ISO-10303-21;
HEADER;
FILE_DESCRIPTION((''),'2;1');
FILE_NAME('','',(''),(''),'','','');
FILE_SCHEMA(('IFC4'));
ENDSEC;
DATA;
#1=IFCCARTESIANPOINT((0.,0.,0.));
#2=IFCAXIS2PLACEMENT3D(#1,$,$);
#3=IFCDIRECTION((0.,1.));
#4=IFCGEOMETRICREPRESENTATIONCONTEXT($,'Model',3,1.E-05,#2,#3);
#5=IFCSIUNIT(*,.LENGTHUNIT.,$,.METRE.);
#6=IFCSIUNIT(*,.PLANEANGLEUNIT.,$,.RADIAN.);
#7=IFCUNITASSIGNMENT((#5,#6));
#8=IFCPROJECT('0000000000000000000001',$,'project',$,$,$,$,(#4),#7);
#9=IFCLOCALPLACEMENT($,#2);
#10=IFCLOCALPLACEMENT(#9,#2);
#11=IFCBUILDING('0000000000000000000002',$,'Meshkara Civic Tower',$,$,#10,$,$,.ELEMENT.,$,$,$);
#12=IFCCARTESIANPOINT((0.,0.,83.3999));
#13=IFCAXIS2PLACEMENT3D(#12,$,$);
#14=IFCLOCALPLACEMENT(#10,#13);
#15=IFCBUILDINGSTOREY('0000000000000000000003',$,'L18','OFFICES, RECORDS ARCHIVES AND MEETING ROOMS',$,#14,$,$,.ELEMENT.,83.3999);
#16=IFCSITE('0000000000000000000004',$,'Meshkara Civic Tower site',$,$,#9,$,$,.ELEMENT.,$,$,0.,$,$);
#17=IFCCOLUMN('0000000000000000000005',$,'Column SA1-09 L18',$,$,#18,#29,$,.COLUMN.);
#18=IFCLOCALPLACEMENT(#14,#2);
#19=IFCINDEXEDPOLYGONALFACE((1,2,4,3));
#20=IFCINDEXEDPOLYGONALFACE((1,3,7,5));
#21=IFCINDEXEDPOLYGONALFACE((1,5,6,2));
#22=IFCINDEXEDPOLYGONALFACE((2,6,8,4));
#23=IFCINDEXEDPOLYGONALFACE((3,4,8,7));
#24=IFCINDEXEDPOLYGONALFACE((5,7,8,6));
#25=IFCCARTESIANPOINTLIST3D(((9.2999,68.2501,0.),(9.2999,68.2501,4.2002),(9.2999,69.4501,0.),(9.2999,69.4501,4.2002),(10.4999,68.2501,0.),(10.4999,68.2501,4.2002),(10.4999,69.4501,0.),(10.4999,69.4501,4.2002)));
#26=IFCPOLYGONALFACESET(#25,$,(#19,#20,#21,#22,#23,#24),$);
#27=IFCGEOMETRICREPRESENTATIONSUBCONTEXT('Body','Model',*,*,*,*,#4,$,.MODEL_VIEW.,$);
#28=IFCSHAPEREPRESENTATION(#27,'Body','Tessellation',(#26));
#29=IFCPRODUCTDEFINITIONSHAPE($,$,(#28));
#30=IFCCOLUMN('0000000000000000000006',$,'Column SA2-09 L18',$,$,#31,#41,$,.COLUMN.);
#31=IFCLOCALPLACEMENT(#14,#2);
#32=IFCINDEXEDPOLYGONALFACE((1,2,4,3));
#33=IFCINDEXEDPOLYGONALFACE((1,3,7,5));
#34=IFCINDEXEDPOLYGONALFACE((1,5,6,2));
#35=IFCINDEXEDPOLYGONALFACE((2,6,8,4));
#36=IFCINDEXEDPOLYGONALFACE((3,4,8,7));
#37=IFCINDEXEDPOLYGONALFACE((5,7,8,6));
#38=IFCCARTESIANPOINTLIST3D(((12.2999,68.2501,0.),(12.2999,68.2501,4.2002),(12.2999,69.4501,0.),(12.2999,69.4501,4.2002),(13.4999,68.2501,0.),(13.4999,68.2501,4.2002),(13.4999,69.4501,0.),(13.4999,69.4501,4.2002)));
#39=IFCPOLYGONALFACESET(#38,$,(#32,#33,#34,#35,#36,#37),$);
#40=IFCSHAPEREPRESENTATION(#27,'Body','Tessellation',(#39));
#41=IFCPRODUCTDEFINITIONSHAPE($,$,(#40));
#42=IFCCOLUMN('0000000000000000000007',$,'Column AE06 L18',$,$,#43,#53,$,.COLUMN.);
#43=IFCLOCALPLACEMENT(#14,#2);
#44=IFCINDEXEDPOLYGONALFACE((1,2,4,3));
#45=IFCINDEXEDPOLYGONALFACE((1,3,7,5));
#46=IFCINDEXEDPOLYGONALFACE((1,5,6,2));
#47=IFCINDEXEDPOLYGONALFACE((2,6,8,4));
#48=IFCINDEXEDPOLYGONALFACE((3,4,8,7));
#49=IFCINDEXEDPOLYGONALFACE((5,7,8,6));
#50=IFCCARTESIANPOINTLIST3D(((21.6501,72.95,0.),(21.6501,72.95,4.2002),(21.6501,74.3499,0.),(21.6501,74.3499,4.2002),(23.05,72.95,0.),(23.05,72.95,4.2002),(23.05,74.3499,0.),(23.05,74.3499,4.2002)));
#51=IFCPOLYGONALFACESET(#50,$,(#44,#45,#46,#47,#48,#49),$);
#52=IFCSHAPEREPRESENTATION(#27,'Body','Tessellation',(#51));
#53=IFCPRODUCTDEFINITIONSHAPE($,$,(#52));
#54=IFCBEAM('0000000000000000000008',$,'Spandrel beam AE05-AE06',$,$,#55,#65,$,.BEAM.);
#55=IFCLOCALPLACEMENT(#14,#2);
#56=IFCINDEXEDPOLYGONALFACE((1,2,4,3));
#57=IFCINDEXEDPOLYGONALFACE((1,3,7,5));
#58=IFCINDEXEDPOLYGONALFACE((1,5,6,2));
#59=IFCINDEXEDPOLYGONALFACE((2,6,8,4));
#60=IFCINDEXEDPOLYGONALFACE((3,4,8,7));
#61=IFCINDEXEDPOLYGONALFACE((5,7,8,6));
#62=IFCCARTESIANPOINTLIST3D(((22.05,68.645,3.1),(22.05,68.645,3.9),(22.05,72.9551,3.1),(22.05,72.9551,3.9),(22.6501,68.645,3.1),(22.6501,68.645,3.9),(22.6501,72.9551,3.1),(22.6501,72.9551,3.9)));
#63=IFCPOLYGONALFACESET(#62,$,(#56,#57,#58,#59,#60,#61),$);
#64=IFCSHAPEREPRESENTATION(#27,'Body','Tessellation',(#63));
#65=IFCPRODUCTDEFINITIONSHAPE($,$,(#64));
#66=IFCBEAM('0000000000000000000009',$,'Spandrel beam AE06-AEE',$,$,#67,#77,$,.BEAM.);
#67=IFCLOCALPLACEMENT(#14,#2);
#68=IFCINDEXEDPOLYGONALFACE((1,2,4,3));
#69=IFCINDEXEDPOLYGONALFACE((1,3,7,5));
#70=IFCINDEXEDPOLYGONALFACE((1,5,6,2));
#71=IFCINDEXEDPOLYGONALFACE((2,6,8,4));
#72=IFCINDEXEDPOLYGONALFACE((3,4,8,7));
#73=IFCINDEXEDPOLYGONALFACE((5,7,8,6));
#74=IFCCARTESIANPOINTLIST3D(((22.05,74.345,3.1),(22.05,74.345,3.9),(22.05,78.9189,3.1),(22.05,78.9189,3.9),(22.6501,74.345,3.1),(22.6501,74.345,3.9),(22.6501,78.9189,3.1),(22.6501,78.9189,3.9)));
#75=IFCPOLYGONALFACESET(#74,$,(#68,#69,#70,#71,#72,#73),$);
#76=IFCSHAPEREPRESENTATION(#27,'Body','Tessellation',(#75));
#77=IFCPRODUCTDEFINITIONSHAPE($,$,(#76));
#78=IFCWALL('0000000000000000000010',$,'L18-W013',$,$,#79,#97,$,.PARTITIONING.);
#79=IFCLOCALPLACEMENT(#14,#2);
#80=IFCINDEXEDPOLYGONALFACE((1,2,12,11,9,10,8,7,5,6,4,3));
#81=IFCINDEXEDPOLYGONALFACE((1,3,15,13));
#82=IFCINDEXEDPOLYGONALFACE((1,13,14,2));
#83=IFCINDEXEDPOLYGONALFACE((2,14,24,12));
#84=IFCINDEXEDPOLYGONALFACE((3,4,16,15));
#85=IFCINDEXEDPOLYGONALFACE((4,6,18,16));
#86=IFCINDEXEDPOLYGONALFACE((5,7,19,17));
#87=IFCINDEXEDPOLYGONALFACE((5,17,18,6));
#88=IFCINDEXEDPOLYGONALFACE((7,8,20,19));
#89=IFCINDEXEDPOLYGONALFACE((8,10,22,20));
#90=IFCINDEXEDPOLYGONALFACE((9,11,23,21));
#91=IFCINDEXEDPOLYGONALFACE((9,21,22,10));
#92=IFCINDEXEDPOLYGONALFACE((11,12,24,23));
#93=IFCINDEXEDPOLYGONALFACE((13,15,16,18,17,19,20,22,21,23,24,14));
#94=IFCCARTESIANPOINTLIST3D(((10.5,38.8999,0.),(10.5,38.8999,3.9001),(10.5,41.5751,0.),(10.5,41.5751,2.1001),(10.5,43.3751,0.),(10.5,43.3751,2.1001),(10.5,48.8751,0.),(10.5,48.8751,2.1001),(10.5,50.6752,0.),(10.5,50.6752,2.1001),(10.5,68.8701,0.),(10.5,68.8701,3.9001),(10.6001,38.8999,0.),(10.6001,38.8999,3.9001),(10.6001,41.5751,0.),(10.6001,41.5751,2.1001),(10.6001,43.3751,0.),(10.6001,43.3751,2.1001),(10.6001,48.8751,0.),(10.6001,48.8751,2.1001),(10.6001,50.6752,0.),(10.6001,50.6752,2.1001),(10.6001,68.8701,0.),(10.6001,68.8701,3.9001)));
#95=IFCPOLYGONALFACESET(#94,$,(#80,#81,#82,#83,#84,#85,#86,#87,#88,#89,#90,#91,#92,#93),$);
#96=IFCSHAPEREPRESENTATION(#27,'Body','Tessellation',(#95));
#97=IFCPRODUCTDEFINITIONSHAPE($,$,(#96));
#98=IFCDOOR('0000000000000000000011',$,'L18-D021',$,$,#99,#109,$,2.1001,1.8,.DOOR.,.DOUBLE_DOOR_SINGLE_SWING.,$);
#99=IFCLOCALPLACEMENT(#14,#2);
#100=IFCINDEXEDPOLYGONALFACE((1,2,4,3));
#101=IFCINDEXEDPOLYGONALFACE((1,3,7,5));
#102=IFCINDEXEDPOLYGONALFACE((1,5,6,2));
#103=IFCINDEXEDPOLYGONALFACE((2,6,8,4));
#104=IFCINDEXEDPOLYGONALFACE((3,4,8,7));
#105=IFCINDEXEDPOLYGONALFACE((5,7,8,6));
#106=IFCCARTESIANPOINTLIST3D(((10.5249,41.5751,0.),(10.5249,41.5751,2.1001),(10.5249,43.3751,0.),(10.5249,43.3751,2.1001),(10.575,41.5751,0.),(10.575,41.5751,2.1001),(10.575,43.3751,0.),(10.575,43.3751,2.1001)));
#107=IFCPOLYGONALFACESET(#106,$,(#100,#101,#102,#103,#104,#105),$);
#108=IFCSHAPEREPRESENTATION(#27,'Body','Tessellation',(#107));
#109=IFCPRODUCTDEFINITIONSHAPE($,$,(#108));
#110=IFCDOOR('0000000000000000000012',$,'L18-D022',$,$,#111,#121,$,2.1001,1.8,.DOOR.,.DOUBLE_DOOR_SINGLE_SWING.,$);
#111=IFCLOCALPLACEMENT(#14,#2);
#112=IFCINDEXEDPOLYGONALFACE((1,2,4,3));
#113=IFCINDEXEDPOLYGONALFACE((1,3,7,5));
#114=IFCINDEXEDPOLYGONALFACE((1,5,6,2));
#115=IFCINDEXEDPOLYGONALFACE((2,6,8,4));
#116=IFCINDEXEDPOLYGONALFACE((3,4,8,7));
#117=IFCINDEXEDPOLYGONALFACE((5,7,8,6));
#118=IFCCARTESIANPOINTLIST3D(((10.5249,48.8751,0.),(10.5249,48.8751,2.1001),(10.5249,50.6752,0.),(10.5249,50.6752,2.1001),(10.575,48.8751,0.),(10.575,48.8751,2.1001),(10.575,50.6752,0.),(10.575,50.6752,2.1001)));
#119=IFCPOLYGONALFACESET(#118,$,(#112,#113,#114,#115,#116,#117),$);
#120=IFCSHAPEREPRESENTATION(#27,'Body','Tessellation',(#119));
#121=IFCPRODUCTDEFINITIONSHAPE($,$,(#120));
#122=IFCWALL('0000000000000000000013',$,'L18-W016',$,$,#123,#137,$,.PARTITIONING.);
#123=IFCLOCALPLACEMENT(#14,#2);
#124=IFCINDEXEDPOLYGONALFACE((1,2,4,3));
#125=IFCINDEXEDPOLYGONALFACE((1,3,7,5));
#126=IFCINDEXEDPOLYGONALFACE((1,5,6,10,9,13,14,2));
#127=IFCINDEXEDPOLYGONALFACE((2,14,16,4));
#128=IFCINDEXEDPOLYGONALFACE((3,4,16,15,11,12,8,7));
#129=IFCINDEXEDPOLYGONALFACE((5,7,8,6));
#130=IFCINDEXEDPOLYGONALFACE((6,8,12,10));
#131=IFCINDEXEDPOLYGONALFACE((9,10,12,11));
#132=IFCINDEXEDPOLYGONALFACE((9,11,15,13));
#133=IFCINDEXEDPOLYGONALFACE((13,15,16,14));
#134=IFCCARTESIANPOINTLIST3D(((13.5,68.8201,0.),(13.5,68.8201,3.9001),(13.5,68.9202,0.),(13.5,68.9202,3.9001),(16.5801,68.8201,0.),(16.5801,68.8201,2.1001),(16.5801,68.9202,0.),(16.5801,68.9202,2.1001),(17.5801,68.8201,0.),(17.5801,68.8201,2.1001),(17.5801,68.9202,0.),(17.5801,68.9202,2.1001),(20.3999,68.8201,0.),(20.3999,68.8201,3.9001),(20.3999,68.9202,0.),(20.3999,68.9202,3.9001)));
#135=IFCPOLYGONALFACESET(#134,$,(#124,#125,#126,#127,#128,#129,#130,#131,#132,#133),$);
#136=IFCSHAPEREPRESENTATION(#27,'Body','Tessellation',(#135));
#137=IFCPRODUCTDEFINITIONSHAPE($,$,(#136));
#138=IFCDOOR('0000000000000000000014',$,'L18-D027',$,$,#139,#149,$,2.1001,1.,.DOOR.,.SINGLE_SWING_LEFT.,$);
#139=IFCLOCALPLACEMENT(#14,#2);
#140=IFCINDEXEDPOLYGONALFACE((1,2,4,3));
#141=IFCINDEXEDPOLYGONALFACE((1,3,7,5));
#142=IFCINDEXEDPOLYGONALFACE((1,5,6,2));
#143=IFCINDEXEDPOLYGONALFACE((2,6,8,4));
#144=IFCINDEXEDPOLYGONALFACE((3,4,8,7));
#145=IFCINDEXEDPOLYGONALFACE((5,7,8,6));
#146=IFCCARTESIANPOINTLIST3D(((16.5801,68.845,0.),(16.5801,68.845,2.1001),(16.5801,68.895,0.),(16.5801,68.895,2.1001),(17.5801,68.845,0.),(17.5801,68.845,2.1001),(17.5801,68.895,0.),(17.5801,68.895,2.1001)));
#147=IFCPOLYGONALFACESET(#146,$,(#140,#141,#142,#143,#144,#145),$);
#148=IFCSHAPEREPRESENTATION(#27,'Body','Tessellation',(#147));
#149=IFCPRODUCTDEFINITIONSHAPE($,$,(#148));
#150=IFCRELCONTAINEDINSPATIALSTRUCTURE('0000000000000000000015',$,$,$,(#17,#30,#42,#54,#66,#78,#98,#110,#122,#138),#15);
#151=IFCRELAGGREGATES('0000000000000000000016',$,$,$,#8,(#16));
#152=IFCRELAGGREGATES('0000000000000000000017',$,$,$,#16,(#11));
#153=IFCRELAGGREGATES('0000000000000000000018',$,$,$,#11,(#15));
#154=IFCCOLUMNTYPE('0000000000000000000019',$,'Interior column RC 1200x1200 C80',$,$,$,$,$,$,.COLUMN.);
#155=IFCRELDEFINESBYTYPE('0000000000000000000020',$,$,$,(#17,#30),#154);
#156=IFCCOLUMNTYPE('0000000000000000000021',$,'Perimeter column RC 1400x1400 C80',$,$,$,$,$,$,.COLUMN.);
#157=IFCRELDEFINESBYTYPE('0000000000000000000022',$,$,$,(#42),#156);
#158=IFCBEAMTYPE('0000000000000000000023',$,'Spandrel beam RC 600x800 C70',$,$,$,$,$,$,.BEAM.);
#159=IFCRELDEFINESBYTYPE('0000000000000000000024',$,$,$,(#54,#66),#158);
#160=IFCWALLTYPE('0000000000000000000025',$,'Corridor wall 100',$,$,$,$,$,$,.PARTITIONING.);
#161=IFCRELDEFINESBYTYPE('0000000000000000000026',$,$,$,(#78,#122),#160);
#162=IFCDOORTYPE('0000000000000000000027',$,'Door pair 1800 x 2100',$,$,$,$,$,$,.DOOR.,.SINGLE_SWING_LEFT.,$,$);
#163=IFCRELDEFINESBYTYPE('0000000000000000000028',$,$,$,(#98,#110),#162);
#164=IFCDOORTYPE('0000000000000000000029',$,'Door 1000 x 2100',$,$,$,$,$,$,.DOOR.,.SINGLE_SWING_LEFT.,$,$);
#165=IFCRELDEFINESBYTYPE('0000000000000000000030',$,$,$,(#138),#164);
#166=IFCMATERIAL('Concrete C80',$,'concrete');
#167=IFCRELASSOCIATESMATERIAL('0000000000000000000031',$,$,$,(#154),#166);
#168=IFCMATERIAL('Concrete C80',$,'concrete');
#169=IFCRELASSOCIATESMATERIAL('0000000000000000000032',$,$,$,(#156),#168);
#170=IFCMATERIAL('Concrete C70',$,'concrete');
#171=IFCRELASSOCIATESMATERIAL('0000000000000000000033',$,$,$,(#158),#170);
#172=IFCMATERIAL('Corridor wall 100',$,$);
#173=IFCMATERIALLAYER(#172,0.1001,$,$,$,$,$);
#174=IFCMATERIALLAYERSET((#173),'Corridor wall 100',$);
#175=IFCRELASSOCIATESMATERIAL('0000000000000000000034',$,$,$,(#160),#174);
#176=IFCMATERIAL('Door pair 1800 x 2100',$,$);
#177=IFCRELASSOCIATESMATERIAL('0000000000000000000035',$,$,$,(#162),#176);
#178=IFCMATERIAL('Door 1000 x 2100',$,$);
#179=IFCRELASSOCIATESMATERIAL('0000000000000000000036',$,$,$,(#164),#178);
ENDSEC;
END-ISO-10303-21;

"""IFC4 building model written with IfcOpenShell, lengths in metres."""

from ifc_helpers import new_model, si_unit, direction, frame, frame_2d, origin, origin_2d, place, context, subcontext, project, spatial, rectangle, extrude, material, layer, layer_set, material_profile, profile_set, type_object, element, fill, save


model = new_model("IFC4")

# Units and contexts
model_context = context("Model", 3, precision=1e-05, world=origin(), true_north=direction((0.0, 1.0)))
body_context = subcontext(model_context, "Body", "Model", "MODEL_VIEW")
ifc_project = project(units=[si_unit("LENGTHUNIT", "METRE"), si_unit("PLANEANGLEUNIT", "RADIAN")], contexts=[model_context])

# Site, building, storey
site_placement = place(None, origin())
site = spatial("IfcSite", under=ifc_project, at=site_placement, Name="Meshkara Civic Tower site", CompositionType="ELEMENT", RefElevation=0.0)
building_placement = place(site_placement, origin())
building = spatial("IfcBuilding", under=site, at=building_placement, Name="Meshkara Civic Tower", CompositionType="ELEMENT")
storey_placement = place(building_placement, frame((0.0, 0.0, 83.3999)))
storey = spatial("IfcBuildingStorey", under=building, at=storey_placement, Name="L18", Description="OFFICES, RECORDS ARCHIVES AND MEETING ROOMS", CompositionType="ELEMENT", Elevation=83.3999)

# Columns
ifc_material_1 = material(Name="Concrete C80", Category="concrete")
ifc_material_profile_1 = material_profile(ifc_material_1, rectangle(XDim=1.2, YDim=1.2, at=origin_2d()))
ifc_profile_set_1 = profile_set([ifc_material_profile_1], Name="Concrete C80")
column_type_1 = type_object("IfcColumnType", Name="Interior column RC 1200x1200 C80", PredefinedType="COLUMN", material=ifc_profile_set_1)
for number, where, z_axis, x_axis, name in (
    (1, (9.8999, 68.8501, 0.0), (0.0, 0.0, 1.0), (1.0, 0.0, 0.0), "Column SA1-09 L18"),
    (2, (12.8999, 68.8501, 0.0), (0.0, 0.0, 1.0), (1.0, 0.0, 0.0), "Column SA2-09 L18"),
):
    element("IfcColumn", number, at=place(storey_placement, frame(where, z_axis=z_axis, x_axis=x_axis)), inside=storey, type_object=column_type_1, Name=name, PredefinedType="COLUMN", context=body_context, shape_type="SweptSolid", body=[
        extrude(rectangle(XDim=1.2, YDim=1.2, at=origin_2d()), origin(), (0.0, 0.0, 1.0), 4.2002),
    ])
ifc_material_2 = material(Name="Concrete C80", Category="concrete")
ifc_material_profile_2 = material_profile(ifc_material_2, rectangle(XDim=1.3999, YDim=1.3999, at=origin_2d()))
ifc_profile_set_2 = profile_set([ifc_material_profile_2], Name="Concrete C80")
column_type_2 = type_object("IfcColumnType", Name="Perimeter column RC 1400x1400 C80", PredefinedType="COLUMN", material=ifc_profile_set_2)
column_placement = place(storey_placement, frame((22.3501, 73.6499, 0.0), z_axis=(0.0, 0.0, 1.0), x_axis=(1.0, 0.0, 0.0)))
element("IfcColumn", 3, at=column_placement, inside=storey, type_object=column_type_2, Name="Column AE06 L18", PredefinedType="COLUMN", context=body_context, shape_type="SweptSolid", body=[
    extrude(rectangle(XDim=1.3999, YDim=1.3999, at=origin_2d()), origin(), (0.0, 0.0, 1.0), 4.2002),
])

# Beams
ifc_material_3 = material(Name="Concrete C70", Category="concrete")
ifc_material_profile_3 = material_profile(ifc_material_3, rectangle(XDim=0.6001, YDim=0.8, at=origin_2d()))
ifc_profile_set_3 = profile_set([ifc_material_profile_3], Name="Concrete C70")
beam_type = type_object("IfcBeamType", Name="Spandrel beam RC 600x800 C70", PredefinedType="BEAM", material=ifc_profile_set_3)
beam_1_placement = place(storey_placement, frame((22.3501, 68.645, 3.5), z_axis=(0.0, 1.0, 0.0), x_axis=(-1.0, 0.0, 0.0)))
element("IfcBeam", 4, at=beam_1_placement, inside=storey, type_object=beam_type, Name="Spandrel beam AE05-AE06", PredefinedType="BEAM", context=body_context, shape_type="SweptSolid", body=[
    extrude(rectangle(XDim=0.6001, YDim=0.8, at=origin_2d()), origin(), (0.0, 0.0, 1.0), 4.3101),
])
beam_2_placement = place(storey_placement, frame((22.3501, 74.345, 3.5), z_axis=(0.0, 1.0, 0.0), x_axis=(-1.0, 0.0, 0.0)))
element("IfcBeam", 5, at=beam_2_placement, inside=storey, type_object=beam_type, Name="Spandrel beam AE06-AEE", PredefinedType="BEAM", context=body_context, shape_type="SweptSolid", body=[
    extrude(rectangle(XDim=0.6001, YDim=0.8, at=origin_2d()), origin(), (0.0, 0.0, 1.0), 4.574),
])

# Wall, openings, doors
ifc_material_4 = material(Name="Corridor wall 100")
ifc_layer_1 = layer(ifc_material_4, 0.1001)
ifc_layer_set_1 = layer_set([ifc_layer_1], Name="Corridor wall 100")
wall_type_1 = type_object("IfcWallType", Name="Corridor wall 100", PredefinedType="PARTITIONING", material=ifc_layer_set_1)
wall_1_placement = place(storey_placement, frame((10.55, 68.8701, 0.0), z_axis=(0.0, 0.0, 1.0), x_axis=(0.0, -1.0, 0.0)))
wall_1 = element("IfcWall", 6, at=wall_1_placement, inside=storey, type_object=wall_type_1, Name="L18-W013", PredefinedType="PARTITIONING", context=body_context, shape_type="SweptSolid", body=[
    extrude(rectangle(XDim=29.9702, YDim=0.1001, at=frame_2d((14.9851, 0.0))), origin(), (0.0, 0.0, 1.0), 3.9001),
])
opening_1_placement = place(wall_1_placement, frame((25.4951, 0.0, 0.0)))
opening_1 = element("IfcOpeningElement", 7, at=opening_1_placement, cuts=wall_1, PredefinedType="OPENING", context=body_context, shape_type="SweptSolid", body=[
    extrude(rectangle(XDim=1.8, YDim=2.1001, at=frame_2d((0.8999, 1.05))), frame((0.0, 0.0601, 0.0), z_axis=(0.0, -1.0, 0.0), x_axis=(1.0, 0.0, 0.0)), (0.0, 0.0, 1.0), 0.1201),
])
opening_2_placement = place(wall_1_placement, frame((18.1951, 0.0, 0.0)))
opening_2 = element("IfcOpeningElement", 8, at=opening_2_placement, cuts=wall_1, PredefinedType="OPENING", context=body_context, shape_type="SweptSolid", body=[
    extrude(rectangle(XDim=1.8, YDim=2.1001, at=frame_2d((0.8999, 1.05))), frame((0.0, 0.0601, 0.0), z_axis=(0.0, -1.0, 0.0), x_axis=(1.0, 0.0, 0.0)), (0.0, 0.0, 1.0), 0.1201),
])
ifc_material_5 = material(Name="Door pair 1800 x 2100")
door_type_1 = type_object("IfcDoorType", Name="Door pair 1800 x 2100", OperationType="SINGLE_SWING_LEFT", PredefinedType="DOOR", material=ifc_material_5)
door_1_placement = place(opening_1_placement, origin())
door_1 = element("IfcDoor", 9, at=door_1_placement, inside=storey, type_object=door_type_1, Name="L18-D021", OperationType="DOUBLE_DOOR_SINGLE_SWING", OverallHeight=2.1001, OverallWidth=1.8, PredefinedType="DOOR", context=body_context, shape_type="SweptSolid", body=[
    extrude(rectangle(XDim=1.8, YDim=2.1001, at=frame_2d((0.8999, 1.05))), frame((0.0, 0.0249, 0.0), z_axis=(0.0, -1.0, 0.0), x_axis=(1.0, 0.0, 0.0)), (0.0, 0.0, 1.0), 0.05),
])
fill(opening_1, door_1)
door_2_placement = place(opening_2_placement, origin())
door_2 = element("IfcDoor", 10, at=door_2_placement, inside=storey, type_object=door_type_1, Name="L18-D022", OperationType="DOUBLE_DOOR_SINGLE_SWING", OverallHeight=2.1001, OverallWidth=1.8, PredefinedType="DOOR", context=body_context, shape_type="SweptSolid", body=[
    extrude(rectangle(XDim=1.8, YDim=2.1001, at=frame_2d((0.8999, 1.05))), frame((0.0, 0.0249, 0.0), z_axis=(0.0, -1.0, 0.0), x_axis=(1.0, 0.0, 0.0)), (0.0, 0.0, 1.0), 0.05),
])
fill(opening_2, door_2)

# Wall, opening, door
wall_2_placement = place(storey_placement, frame((13.5, 68.8701, 0.0), z_axis=(0.0, 0.0, 1.0), x_axis=(1.0, 0.0, 0.0)))
wall_2 = element("IfcWall", 11, at=wall_2_placement, inside=storey, type_object=wall_type_1, Name="L18-W016", PredefinedType="PARTITIONING", context=body_context, shape_type="SweptSolid", body=[
    extrude(rectangle(XDim=6.8999, YDim=0.1001, at=frame_2d((3.45, 0.0))), origin(), (0.0, 0.0, 1.0), 3.9001),
])
opening_3_placement = place(wall_2_placement, frame((3.0801, 0.0, 0.0)))
opening_3 = element("IfcOpeningElement", 12, at=opening_3_placement, cuts=wall_2, PredefinedType="OPENING", context=body_context, shape_type="SweptSolid", body=[
    extrude(rectangle(XDim=1.0, YDim=2.1001, at=frame_2d((0.5, 1.05))), frame((0.0, 0.0601, 0.0), z_axis=(0.0, -1.0, 0.0), x_axis=(1.0, 0.0, 0.0)), (0.0, 0.0, 1.0), 0.1201),
])
ifc_material_6 = material(Name="Door 1000 x 2100")
door_type_2 = type_object("IfcDoorType", Name="Door 1000 x 2100", OperationType="SINGLE_SWING_LEFT", PredefinedType="DOOR", material=ifc_material_6)
door_3_placement = place(opening_3_placement, origin())
door_3 = element("IfcDoor", 13, at=door_3_placement, inside=storey, type_object=door_type_2, Name="L18-D027", OperationType="SINGLE_SWING_LEFT", OverallHeight=2.1001, OverallWidth=1.0, PredefinedType="DOOR", context=body_context, shape_type="SweptSolid", body=[
    extrude(rectangle(XDim=1.0, YDim=2.1001, at=frame_2d((0.5, 1.05))), frame((0.0, 0.0249, 0.0), z_axis=(0.0, -1.0, 0.0), x_axis=(1.0, 0.0, 0.0)), (0.0, 0.0, 1.0), 0.05),
])
fill(opening_3, door_3)

save(model, "model.ifc")
